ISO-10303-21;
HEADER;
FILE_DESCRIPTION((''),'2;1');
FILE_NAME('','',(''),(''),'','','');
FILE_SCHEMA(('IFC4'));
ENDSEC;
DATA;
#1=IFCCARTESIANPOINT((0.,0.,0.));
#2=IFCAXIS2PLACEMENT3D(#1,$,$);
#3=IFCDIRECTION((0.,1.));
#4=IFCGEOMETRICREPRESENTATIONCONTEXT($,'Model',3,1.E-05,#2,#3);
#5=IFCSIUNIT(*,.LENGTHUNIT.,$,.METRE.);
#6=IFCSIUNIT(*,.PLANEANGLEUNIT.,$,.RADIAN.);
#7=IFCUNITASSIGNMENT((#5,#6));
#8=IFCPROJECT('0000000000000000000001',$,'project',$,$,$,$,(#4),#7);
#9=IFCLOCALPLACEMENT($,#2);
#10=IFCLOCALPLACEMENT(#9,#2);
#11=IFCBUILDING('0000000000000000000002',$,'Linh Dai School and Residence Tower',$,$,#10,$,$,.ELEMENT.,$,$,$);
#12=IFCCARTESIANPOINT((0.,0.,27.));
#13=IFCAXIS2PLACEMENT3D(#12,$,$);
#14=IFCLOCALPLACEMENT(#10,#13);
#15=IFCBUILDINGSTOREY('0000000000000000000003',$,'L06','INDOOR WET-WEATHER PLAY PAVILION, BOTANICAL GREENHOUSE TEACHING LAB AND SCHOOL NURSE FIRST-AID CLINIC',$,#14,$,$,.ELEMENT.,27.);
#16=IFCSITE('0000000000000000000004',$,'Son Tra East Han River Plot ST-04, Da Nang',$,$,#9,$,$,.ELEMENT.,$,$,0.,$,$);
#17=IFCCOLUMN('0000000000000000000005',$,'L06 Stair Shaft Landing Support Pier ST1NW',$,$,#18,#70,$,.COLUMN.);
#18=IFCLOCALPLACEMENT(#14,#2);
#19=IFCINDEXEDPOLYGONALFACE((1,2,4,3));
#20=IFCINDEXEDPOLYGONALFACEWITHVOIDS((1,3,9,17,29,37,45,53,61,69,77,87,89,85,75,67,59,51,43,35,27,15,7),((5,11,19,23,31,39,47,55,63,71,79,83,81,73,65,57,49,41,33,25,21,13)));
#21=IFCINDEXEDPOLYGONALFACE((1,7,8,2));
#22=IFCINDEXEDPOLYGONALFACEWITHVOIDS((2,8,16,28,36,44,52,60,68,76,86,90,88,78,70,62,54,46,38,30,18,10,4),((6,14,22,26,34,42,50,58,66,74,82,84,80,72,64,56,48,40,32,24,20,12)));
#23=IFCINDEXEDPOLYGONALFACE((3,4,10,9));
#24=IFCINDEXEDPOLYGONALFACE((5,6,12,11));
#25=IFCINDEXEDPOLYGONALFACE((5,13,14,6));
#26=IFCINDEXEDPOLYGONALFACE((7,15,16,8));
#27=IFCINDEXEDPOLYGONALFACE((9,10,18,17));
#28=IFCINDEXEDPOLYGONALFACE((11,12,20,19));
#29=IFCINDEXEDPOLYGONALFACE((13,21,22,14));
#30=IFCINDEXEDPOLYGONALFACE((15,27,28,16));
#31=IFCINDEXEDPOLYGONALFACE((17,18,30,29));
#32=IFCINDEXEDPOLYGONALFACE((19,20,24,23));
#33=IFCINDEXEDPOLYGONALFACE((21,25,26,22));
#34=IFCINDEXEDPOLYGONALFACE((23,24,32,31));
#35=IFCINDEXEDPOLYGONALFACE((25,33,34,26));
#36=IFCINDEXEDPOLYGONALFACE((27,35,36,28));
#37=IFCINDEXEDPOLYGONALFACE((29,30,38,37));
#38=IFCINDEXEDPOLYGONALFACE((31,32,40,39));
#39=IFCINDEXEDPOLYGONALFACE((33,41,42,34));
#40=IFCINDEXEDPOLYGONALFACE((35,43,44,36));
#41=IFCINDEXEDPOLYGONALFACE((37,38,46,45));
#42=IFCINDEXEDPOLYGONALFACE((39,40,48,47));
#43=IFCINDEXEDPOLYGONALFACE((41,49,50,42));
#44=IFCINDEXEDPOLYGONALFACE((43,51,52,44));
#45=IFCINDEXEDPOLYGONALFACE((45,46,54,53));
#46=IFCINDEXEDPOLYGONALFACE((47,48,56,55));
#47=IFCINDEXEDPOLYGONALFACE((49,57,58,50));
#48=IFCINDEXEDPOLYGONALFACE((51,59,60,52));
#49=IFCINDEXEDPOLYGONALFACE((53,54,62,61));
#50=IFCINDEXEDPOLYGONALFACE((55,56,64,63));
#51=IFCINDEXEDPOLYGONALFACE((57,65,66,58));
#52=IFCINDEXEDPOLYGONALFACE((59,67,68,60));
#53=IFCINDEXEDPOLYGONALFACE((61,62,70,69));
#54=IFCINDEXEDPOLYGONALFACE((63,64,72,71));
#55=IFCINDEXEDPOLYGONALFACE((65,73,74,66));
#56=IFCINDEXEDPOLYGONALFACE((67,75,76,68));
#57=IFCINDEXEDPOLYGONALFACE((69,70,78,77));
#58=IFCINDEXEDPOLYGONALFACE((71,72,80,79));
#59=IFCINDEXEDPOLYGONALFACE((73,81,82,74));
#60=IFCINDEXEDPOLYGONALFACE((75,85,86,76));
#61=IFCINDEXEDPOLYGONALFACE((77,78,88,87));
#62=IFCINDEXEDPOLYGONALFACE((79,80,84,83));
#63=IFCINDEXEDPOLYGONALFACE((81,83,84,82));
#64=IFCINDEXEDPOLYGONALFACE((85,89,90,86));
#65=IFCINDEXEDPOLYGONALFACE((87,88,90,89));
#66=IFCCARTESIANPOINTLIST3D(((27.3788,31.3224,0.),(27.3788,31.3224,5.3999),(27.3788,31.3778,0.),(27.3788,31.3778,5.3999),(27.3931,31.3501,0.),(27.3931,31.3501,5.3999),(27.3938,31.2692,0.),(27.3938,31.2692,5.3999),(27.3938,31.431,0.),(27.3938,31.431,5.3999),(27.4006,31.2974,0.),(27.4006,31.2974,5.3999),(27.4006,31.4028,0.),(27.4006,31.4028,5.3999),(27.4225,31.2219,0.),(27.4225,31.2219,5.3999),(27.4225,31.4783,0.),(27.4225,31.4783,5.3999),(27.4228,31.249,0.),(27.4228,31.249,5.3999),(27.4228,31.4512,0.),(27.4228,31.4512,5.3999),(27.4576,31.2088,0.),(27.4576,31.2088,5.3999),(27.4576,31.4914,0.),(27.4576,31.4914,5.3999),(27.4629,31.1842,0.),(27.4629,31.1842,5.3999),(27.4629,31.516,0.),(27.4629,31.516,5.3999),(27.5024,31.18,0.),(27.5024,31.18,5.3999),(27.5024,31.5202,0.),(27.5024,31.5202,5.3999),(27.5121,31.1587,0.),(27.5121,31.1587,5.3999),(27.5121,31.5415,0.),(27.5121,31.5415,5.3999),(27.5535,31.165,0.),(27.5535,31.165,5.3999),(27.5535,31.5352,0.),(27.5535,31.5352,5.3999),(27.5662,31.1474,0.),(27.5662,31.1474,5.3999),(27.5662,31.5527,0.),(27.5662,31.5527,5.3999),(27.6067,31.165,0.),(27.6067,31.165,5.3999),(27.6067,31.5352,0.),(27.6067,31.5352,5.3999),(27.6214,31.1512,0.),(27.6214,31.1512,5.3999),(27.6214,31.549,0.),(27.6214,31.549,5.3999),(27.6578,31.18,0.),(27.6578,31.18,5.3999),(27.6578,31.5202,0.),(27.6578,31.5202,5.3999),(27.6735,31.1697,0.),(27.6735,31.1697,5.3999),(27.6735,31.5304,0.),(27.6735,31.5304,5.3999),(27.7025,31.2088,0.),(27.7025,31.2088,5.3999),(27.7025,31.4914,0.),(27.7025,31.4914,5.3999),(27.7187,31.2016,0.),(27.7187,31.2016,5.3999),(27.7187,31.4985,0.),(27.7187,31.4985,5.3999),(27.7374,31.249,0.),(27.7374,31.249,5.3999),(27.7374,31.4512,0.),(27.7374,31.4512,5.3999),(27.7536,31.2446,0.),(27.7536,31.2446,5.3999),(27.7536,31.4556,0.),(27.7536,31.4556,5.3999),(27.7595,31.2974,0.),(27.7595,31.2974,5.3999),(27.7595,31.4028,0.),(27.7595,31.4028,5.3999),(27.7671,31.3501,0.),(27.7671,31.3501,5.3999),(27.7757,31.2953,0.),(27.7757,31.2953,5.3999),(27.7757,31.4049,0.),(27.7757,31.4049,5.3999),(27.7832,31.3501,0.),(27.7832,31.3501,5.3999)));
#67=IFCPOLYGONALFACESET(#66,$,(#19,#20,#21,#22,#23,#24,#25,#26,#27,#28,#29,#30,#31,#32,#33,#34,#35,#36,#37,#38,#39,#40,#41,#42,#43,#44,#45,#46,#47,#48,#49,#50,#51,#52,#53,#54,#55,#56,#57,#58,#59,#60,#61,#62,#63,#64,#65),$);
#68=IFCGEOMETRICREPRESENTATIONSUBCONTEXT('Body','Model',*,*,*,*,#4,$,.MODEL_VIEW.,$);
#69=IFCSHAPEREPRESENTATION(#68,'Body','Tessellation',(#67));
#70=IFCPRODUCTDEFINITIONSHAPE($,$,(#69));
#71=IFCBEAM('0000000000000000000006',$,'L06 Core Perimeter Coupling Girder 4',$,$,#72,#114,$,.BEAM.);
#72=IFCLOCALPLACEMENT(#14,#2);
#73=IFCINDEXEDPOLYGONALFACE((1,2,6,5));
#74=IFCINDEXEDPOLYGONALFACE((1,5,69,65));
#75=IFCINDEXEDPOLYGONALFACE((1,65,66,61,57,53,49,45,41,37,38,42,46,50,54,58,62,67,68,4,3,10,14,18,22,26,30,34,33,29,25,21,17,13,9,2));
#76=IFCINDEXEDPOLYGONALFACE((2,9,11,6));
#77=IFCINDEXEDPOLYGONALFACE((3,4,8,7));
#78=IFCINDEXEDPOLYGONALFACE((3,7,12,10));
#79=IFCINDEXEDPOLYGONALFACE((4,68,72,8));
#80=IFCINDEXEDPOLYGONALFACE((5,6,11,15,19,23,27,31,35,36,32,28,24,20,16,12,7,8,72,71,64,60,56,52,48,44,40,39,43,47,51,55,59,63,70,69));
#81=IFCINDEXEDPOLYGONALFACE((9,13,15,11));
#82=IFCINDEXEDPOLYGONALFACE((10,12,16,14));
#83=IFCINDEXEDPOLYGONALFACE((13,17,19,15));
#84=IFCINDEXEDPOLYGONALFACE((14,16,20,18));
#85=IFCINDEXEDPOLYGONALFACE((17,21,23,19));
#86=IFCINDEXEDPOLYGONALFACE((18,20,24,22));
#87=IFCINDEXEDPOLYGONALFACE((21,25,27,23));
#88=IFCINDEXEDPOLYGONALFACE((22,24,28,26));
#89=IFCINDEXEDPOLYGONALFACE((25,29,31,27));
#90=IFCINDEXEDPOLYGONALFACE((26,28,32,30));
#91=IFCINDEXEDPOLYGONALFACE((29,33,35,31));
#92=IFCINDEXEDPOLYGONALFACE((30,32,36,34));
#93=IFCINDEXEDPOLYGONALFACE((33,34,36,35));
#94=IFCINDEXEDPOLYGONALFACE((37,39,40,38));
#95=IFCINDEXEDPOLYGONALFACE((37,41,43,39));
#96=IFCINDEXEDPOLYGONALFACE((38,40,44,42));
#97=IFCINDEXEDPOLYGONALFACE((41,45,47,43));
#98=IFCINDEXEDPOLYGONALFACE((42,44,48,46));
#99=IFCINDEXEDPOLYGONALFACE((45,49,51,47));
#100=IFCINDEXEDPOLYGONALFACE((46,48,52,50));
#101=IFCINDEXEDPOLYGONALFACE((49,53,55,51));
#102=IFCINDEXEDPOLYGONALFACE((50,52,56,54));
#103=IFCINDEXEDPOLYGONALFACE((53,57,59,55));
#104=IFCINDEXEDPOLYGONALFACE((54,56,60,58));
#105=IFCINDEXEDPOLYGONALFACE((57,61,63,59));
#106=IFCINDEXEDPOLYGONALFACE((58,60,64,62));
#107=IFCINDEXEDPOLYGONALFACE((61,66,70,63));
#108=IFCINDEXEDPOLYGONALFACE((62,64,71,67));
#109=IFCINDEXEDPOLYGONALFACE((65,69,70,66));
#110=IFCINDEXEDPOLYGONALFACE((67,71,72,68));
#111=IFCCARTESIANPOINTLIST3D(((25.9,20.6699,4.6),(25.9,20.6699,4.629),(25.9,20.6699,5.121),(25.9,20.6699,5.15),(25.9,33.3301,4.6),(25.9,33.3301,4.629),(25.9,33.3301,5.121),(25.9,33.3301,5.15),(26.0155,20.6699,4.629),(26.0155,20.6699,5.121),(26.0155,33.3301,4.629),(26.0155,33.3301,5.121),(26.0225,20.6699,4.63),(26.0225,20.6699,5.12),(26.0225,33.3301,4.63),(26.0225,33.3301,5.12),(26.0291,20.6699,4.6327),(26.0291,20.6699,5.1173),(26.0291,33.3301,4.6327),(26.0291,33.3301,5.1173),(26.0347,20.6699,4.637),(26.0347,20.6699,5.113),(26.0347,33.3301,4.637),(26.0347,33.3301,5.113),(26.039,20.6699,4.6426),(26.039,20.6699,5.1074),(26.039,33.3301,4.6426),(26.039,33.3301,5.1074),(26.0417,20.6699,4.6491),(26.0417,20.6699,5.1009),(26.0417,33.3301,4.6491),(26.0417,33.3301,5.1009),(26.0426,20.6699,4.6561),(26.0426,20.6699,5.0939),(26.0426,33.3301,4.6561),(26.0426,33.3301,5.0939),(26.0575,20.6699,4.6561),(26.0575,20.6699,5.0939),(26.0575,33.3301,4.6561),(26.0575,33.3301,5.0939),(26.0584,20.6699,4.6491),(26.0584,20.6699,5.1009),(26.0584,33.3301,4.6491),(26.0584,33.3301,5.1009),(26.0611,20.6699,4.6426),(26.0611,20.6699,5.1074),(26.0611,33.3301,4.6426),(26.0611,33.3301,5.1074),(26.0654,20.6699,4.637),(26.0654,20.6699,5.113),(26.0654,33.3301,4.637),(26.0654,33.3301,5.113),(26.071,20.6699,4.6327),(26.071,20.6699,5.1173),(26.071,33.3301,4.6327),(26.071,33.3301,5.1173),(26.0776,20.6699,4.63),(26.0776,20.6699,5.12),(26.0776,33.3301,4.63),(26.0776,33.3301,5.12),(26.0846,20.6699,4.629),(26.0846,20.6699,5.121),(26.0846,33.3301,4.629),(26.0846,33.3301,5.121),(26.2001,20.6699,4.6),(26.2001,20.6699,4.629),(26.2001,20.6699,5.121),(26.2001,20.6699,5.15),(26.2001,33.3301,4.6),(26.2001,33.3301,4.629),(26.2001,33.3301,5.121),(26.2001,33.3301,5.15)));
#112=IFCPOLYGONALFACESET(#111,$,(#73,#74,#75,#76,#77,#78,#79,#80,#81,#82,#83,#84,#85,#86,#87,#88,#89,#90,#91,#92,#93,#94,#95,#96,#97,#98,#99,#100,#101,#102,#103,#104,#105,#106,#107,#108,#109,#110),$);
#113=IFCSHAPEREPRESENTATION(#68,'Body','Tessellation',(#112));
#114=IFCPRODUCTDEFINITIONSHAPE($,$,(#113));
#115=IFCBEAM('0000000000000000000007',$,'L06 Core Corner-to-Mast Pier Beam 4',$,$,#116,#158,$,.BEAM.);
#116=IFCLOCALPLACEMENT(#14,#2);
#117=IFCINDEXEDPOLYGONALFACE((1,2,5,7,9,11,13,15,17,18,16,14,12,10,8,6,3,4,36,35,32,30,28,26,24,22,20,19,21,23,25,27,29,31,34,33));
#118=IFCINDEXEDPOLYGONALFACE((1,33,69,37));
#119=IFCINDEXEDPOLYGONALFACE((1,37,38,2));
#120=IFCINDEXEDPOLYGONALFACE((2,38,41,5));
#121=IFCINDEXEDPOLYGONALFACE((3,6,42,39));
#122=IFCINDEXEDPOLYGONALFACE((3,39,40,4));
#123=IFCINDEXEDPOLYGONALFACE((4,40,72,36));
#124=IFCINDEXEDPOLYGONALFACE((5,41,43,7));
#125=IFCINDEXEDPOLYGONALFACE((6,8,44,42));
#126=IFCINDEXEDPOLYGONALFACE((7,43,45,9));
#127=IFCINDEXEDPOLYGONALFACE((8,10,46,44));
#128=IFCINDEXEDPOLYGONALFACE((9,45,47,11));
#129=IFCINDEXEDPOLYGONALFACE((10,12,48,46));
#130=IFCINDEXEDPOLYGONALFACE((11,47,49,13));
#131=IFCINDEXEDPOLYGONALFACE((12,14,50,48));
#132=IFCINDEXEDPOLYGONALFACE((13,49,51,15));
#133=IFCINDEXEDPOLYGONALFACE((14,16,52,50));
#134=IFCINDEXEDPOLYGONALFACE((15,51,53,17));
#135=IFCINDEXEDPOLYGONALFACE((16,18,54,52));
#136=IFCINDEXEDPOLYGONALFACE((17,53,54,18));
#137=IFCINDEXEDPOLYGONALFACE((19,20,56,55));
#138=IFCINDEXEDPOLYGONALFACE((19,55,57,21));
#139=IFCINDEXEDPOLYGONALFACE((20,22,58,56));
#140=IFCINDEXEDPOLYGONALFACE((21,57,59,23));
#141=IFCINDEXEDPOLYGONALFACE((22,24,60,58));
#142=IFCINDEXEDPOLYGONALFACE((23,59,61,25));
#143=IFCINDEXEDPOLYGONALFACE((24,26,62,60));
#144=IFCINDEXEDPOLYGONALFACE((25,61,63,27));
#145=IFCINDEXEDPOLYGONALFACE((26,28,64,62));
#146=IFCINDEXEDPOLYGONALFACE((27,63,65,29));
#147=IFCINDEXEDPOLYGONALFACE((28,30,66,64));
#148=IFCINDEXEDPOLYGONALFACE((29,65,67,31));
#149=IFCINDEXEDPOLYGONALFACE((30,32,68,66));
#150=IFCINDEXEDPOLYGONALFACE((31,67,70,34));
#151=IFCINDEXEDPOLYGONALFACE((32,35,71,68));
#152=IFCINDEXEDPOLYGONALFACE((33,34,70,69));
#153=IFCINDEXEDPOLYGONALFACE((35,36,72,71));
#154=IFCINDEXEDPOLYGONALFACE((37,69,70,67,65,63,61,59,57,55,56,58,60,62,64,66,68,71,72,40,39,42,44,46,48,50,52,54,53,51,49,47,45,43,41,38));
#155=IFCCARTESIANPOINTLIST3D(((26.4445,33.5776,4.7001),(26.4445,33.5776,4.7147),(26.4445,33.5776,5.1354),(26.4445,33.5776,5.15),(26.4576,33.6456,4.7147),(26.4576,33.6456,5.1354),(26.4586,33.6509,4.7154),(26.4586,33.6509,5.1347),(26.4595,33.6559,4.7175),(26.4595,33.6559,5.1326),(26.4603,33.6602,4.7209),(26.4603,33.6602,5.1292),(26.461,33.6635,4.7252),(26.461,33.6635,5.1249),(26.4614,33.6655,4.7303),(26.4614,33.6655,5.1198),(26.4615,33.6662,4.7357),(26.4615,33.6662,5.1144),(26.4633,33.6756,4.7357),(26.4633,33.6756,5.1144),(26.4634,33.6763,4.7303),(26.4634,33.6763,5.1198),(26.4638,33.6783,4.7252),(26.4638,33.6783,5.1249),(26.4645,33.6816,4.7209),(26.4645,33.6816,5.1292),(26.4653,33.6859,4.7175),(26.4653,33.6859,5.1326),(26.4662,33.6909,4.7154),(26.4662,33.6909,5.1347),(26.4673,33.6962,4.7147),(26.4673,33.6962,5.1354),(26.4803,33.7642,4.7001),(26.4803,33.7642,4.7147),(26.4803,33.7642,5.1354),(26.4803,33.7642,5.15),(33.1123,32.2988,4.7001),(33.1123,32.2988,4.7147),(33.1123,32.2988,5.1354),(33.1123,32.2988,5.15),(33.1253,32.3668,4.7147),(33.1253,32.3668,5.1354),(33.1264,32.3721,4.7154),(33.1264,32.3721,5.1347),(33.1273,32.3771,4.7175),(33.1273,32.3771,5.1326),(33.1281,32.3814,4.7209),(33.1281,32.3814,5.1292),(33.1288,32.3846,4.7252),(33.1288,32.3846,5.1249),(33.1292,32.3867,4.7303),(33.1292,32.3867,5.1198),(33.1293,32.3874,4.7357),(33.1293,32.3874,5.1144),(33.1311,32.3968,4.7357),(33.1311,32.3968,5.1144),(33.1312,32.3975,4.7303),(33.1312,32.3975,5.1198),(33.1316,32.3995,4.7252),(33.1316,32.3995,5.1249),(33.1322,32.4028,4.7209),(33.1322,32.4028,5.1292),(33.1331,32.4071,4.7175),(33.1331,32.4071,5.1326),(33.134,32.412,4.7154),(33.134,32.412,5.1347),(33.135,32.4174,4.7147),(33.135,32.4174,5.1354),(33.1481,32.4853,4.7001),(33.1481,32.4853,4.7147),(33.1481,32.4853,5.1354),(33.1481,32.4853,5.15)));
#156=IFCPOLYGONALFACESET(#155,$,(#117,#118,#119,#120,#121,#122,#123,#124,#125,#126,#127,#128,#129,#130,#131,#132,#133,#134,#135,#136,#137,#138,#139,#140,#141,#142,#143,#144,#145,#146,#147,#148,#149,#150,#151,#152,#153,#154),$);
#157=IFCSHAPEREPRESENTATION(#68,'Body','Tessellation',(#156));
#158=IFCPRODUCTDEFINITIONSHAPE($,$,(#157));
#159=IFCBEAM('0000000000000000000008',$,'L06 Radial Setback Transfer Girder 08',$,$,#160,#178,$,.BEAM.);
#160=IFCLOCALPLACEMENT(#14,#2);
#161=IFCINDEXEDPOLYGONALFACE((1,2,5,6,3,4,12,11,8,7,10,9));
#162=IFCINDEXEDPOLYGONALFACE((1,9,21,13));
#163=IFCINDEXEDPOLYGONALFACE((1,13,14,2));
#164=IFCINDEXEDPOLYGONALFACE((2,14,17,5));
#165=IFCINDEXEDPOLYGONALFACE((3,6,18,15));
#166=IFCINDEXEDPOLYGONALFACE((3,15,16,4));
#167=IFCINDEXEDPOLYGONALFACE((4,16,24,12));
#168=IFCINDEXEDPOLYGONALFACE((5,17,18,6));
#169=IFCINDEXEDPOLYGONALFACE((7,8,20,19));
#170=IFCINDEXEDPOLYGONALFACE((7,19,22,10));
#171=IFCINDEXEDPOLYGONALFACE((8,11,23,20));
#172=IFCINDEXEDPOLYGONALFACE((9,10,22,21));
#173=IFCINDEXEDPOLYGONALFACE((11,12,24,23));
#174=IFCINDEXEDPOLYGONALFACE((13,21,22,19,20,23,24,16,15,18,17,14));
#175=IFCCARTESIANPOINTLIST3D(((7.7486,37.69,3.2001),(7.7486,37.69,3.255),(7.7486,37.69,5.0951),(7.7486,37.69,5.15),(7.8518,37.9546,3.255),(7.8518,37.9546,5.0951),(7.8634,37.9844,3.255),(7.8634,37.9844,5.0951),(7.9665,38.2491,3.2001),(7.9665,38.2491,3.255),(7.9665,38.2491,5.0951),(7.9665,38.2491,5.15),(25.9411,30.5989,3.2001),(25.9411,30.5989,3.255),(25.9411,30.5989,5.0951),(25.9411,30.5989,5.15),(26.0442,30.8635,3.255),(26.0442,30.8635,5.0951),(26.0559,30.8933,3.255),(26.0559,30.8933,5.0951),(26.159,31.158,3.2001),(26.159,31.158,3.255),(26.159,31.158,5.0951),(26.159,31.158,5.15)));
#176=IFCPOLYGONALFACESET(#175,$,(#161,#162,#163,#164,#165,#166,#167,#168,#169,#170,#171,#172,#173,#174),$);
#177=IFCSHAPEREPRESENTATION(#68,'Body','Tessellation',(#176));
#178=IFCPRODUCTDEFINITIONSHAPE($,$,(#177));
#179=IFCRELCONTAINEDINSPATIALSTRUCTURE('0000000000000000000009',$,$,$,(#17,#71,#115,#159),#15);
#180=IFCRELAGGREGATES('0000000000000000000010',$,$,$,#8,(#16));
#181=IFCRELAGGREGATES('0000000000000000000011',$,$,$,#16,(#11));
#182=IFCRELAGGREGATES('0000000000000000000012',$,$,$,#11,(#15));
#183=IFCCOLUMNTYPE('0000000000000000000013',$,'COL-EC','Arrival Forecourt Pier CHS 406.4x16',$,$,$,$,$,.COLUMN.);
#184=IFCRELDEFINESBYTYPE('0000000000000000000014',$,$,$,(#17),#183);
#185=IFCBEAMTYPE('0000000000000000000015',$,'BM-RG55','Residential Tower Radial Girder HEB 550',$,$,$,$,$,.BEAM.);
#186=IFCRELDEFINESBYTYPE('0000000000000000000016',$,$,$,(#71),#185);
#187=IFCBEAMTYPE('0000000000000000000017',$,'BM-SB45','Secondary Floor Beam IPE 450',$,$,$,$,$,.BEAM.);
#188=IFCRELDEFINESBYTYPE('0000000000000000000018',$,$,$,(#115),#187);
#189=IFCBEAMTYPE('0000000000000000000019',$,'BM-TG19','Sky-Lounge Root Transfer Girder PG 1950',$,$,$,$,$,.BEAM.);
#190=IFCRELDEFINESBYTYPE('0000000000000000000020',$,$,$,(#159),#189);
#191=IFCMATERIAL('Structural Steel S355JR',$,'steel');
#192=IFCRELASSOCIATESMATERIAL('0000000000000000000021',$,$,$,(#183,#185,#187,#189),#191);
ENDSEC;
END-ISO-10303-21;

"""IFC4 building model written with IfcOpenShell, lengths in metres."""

from ifc_helpers import new_model, si_unit, direction, frame, origin, origin_2d, place, context, subcontext, project, spatial, hollow_circle, i_section, extrude, material, material_profile, profile_set, type_object, element, save


model = new_model("IFC4")

# Units and contexts
model_context = context("Model", 3, precision=1e-05, world=origin(), true_north=direction((0.0, 1.0)))
body_context = subcontext(model_context, "Body", "Model", "MODEL_VIEW")
ifc_project = project(units=[si_unit("LENGTHUNIT", "METRE"), si_unit("PLANEANGLEUNIT", "RADIAN")], contexts=[model_context])

# Site, building, storey
site_placement = place(None, origin())
site = spatial("IfcSite", under=ifc_project, at=site_placement, Name="Son Tra East Han River Plot ST-04, Da Nang", CompositionType="ELEMENT", RefElevation=0.0)
building_placement = place(site_placement, origin())
building = spatial("IfcBuilding", under=site, at=building_placement, Name="Linh Dai School and Residence Tower", CompositionType="ELEMENT")
storey_placement = place(building_placement, frame((0.0, 0.0, 27.0)))
storey = spatial("IfcBuildingStorey", under=building, at=storey_placement, Name="L06", Description="INDOOR WET-WEATHER PLAY PAVILION, BOTANICAL GREENHOUSE TEACHING LAB AND SCHOOL NURSE FIRST-AID CLINIC", CompositionType="ELEMENT", Elevation=27.0)

# Column
ifc_material_1 = material(Name="Structural Steel S355JR", Category="steel")
ifc_material_profile_1 = material_profile(ifc_material_1, hollow_circle(Radius=0.2031, WallThickness=0.0161, at=origin_2d()), Name="CHS 406.4x16")
ifc_profile_set_1 = profile_set([ifc_material_profile_1], Name="Structural Steel S355JR")
column_type = type_object("IfcColumnType", Name="COL-EC", Description="Arrival Forecourt Pier CHS 406.4x16", PredefinedType="COLUMN", material=ifc_profile_set_1)
column_placement = place(storey_placement, frame((27.5801, 31.3501, 0.0), z_axis=(0.0, 0.0, 1.0), x_axis=(1.0, 0.0, 0.0)))
element("IfcColumn", 1, at=column_placement, inside=storey, type_object=column_type, Name="L06 Stair Shaft Landing Support Pier ST1NW", PredefinedType="COLUMN", context=body_context, shape_type="SweptSolid", body=[
    extrude(hollow_circle(Radius=0.2031, WallThickness=0.0161, at=origin_2d()), origin(), (0.0, 0.0, 1.0), 5.3999),
])

# Beams
ifc_material_profile_2 = material_profile(ifc_material_1, i_section(OverallWidth=0.3, OverallDepth=0.55, WebThickness=0.0149, FlangeThickness=0.0291, FilletRadius=0.0271, at=origin_2d()), Name="HEB 550")
ifc_profile_set_2 = profile_set([ifc_material_profile_2], Name="Structural Steel S355JR")
beam_type_1 = type_object("IfcBeamType", Name="BM-RG55", Description="Residential Tower Radial Girder HEB 550", PredefinedType="BEAM", material=ifc_profile_set_2)
beam_1_placement = place(storey_placement, frame((26.05, 33.3301, 4.875), z_axis=(0.0, -1.0, 0.0), x_axis=(1.0, 0.0, 0.0)))
element("IfcBeam", 2, at=beam_1_placement, inside=storey, type_object=beam_type_1, Name="L06 Core Perimeter Coupling Girder 4", PredefinedType="BEAM", context=body_context, shape_type="SweptSolid", body=[
    extrude(i_section(OverallWidth=0.3, OverallDepth=0.55, WebThickness=0.0149, FlangeThickness=0.0291, FilletRadius=0.0271, at=origin_2d()), origin(), (0.0, 0.0, 1.0), 12.6602),
])
ifc_material_profile_3 = material_profile(ifc_material_1, i_section(OverallWidth=0.1899, OverallDepth=0.45, WebThickness=0.0095, FlangeThickness=0.0146, FilletRadius=0.021, at=origin_2d()), Name="IPE 450")
ifc_profile_set_3 = profile_set([ifc_material_profile_3], Name="Structural Steel S355JR")
beam_type_2 = type_object("IfcBeamType", Name="BM-SB45", Description="Secondary Floor Beam IPE 450", PredefinedType="BEAM", material=ifc_profile_set_3)
beam_2_placement = place(storey_placement, frame((26.4624, 33.6709, 4.925), z_axis=(0.9821, -0.188358, 0.0), x_axis=(0.188358, 0.9821, 0.0)))
element("IfcBeam", 3, at=beam_2_placement, inside=storey, type_object=beam_type_2, Name="L06 Core Corner-to-Mast Pier Beam 4", PredefinedType="BEAM", context=body_context, shape_type="SweptSolid", body=[
    extrude(i_section(OverallWidth=0.1899, OverallDepth=0.45, WebThickness=0.0095, FlangeThickness=0.0146, FilletRadius=0.021, at=origin_2d()), origin(), (0.0, 0.0, 1.0), 6.7893),
])
ifc_material_profile_4 = material_profile(ifc_material_1, i_section(OverallWidth=0.6001, OverallDepth=1.95, WebThickness=0.032, FlangeThickness=0.0549, at=origin_2d()), Name="PG 1950x600x32x55")
ifc_profile_set_4 = profile_set([ifc_material_profile_4], Name="Structural Steel S355JR")
beam_type_3 = type_object("IfcBeamType", Name="BM-TG19", Description="Sky-Lounge Root Transfer Girder PG 1950", PredefinedType="BEAM", material=ifc_profile_set_4)
beam_3_placement = place(storey_placement, frame((26.05, 30.8784, 4.175), z_axis=(-0.931723, 0.363169, 0.0), x_axis=(-0.363169, -0.931723, 0.0)))
element("IfcBeam", 4, at=beam_3_placement, inside=storey, type_object=beam_type_3, Name="L06 Radial Setback Transfer Girder 08", PredefinedType="BEAM", context=body_context, shape_type="SweptSolid", body=[
    extrude(i_section(OverallWidth=0.6001, OverallDepth=1.95, WebThickness=0.032, FlangeThickness=0.0549, at=origin_2d()), origin(), (0.0, 0.0, 1.0), 19.5256),
])

save(model, "model.ifc")
